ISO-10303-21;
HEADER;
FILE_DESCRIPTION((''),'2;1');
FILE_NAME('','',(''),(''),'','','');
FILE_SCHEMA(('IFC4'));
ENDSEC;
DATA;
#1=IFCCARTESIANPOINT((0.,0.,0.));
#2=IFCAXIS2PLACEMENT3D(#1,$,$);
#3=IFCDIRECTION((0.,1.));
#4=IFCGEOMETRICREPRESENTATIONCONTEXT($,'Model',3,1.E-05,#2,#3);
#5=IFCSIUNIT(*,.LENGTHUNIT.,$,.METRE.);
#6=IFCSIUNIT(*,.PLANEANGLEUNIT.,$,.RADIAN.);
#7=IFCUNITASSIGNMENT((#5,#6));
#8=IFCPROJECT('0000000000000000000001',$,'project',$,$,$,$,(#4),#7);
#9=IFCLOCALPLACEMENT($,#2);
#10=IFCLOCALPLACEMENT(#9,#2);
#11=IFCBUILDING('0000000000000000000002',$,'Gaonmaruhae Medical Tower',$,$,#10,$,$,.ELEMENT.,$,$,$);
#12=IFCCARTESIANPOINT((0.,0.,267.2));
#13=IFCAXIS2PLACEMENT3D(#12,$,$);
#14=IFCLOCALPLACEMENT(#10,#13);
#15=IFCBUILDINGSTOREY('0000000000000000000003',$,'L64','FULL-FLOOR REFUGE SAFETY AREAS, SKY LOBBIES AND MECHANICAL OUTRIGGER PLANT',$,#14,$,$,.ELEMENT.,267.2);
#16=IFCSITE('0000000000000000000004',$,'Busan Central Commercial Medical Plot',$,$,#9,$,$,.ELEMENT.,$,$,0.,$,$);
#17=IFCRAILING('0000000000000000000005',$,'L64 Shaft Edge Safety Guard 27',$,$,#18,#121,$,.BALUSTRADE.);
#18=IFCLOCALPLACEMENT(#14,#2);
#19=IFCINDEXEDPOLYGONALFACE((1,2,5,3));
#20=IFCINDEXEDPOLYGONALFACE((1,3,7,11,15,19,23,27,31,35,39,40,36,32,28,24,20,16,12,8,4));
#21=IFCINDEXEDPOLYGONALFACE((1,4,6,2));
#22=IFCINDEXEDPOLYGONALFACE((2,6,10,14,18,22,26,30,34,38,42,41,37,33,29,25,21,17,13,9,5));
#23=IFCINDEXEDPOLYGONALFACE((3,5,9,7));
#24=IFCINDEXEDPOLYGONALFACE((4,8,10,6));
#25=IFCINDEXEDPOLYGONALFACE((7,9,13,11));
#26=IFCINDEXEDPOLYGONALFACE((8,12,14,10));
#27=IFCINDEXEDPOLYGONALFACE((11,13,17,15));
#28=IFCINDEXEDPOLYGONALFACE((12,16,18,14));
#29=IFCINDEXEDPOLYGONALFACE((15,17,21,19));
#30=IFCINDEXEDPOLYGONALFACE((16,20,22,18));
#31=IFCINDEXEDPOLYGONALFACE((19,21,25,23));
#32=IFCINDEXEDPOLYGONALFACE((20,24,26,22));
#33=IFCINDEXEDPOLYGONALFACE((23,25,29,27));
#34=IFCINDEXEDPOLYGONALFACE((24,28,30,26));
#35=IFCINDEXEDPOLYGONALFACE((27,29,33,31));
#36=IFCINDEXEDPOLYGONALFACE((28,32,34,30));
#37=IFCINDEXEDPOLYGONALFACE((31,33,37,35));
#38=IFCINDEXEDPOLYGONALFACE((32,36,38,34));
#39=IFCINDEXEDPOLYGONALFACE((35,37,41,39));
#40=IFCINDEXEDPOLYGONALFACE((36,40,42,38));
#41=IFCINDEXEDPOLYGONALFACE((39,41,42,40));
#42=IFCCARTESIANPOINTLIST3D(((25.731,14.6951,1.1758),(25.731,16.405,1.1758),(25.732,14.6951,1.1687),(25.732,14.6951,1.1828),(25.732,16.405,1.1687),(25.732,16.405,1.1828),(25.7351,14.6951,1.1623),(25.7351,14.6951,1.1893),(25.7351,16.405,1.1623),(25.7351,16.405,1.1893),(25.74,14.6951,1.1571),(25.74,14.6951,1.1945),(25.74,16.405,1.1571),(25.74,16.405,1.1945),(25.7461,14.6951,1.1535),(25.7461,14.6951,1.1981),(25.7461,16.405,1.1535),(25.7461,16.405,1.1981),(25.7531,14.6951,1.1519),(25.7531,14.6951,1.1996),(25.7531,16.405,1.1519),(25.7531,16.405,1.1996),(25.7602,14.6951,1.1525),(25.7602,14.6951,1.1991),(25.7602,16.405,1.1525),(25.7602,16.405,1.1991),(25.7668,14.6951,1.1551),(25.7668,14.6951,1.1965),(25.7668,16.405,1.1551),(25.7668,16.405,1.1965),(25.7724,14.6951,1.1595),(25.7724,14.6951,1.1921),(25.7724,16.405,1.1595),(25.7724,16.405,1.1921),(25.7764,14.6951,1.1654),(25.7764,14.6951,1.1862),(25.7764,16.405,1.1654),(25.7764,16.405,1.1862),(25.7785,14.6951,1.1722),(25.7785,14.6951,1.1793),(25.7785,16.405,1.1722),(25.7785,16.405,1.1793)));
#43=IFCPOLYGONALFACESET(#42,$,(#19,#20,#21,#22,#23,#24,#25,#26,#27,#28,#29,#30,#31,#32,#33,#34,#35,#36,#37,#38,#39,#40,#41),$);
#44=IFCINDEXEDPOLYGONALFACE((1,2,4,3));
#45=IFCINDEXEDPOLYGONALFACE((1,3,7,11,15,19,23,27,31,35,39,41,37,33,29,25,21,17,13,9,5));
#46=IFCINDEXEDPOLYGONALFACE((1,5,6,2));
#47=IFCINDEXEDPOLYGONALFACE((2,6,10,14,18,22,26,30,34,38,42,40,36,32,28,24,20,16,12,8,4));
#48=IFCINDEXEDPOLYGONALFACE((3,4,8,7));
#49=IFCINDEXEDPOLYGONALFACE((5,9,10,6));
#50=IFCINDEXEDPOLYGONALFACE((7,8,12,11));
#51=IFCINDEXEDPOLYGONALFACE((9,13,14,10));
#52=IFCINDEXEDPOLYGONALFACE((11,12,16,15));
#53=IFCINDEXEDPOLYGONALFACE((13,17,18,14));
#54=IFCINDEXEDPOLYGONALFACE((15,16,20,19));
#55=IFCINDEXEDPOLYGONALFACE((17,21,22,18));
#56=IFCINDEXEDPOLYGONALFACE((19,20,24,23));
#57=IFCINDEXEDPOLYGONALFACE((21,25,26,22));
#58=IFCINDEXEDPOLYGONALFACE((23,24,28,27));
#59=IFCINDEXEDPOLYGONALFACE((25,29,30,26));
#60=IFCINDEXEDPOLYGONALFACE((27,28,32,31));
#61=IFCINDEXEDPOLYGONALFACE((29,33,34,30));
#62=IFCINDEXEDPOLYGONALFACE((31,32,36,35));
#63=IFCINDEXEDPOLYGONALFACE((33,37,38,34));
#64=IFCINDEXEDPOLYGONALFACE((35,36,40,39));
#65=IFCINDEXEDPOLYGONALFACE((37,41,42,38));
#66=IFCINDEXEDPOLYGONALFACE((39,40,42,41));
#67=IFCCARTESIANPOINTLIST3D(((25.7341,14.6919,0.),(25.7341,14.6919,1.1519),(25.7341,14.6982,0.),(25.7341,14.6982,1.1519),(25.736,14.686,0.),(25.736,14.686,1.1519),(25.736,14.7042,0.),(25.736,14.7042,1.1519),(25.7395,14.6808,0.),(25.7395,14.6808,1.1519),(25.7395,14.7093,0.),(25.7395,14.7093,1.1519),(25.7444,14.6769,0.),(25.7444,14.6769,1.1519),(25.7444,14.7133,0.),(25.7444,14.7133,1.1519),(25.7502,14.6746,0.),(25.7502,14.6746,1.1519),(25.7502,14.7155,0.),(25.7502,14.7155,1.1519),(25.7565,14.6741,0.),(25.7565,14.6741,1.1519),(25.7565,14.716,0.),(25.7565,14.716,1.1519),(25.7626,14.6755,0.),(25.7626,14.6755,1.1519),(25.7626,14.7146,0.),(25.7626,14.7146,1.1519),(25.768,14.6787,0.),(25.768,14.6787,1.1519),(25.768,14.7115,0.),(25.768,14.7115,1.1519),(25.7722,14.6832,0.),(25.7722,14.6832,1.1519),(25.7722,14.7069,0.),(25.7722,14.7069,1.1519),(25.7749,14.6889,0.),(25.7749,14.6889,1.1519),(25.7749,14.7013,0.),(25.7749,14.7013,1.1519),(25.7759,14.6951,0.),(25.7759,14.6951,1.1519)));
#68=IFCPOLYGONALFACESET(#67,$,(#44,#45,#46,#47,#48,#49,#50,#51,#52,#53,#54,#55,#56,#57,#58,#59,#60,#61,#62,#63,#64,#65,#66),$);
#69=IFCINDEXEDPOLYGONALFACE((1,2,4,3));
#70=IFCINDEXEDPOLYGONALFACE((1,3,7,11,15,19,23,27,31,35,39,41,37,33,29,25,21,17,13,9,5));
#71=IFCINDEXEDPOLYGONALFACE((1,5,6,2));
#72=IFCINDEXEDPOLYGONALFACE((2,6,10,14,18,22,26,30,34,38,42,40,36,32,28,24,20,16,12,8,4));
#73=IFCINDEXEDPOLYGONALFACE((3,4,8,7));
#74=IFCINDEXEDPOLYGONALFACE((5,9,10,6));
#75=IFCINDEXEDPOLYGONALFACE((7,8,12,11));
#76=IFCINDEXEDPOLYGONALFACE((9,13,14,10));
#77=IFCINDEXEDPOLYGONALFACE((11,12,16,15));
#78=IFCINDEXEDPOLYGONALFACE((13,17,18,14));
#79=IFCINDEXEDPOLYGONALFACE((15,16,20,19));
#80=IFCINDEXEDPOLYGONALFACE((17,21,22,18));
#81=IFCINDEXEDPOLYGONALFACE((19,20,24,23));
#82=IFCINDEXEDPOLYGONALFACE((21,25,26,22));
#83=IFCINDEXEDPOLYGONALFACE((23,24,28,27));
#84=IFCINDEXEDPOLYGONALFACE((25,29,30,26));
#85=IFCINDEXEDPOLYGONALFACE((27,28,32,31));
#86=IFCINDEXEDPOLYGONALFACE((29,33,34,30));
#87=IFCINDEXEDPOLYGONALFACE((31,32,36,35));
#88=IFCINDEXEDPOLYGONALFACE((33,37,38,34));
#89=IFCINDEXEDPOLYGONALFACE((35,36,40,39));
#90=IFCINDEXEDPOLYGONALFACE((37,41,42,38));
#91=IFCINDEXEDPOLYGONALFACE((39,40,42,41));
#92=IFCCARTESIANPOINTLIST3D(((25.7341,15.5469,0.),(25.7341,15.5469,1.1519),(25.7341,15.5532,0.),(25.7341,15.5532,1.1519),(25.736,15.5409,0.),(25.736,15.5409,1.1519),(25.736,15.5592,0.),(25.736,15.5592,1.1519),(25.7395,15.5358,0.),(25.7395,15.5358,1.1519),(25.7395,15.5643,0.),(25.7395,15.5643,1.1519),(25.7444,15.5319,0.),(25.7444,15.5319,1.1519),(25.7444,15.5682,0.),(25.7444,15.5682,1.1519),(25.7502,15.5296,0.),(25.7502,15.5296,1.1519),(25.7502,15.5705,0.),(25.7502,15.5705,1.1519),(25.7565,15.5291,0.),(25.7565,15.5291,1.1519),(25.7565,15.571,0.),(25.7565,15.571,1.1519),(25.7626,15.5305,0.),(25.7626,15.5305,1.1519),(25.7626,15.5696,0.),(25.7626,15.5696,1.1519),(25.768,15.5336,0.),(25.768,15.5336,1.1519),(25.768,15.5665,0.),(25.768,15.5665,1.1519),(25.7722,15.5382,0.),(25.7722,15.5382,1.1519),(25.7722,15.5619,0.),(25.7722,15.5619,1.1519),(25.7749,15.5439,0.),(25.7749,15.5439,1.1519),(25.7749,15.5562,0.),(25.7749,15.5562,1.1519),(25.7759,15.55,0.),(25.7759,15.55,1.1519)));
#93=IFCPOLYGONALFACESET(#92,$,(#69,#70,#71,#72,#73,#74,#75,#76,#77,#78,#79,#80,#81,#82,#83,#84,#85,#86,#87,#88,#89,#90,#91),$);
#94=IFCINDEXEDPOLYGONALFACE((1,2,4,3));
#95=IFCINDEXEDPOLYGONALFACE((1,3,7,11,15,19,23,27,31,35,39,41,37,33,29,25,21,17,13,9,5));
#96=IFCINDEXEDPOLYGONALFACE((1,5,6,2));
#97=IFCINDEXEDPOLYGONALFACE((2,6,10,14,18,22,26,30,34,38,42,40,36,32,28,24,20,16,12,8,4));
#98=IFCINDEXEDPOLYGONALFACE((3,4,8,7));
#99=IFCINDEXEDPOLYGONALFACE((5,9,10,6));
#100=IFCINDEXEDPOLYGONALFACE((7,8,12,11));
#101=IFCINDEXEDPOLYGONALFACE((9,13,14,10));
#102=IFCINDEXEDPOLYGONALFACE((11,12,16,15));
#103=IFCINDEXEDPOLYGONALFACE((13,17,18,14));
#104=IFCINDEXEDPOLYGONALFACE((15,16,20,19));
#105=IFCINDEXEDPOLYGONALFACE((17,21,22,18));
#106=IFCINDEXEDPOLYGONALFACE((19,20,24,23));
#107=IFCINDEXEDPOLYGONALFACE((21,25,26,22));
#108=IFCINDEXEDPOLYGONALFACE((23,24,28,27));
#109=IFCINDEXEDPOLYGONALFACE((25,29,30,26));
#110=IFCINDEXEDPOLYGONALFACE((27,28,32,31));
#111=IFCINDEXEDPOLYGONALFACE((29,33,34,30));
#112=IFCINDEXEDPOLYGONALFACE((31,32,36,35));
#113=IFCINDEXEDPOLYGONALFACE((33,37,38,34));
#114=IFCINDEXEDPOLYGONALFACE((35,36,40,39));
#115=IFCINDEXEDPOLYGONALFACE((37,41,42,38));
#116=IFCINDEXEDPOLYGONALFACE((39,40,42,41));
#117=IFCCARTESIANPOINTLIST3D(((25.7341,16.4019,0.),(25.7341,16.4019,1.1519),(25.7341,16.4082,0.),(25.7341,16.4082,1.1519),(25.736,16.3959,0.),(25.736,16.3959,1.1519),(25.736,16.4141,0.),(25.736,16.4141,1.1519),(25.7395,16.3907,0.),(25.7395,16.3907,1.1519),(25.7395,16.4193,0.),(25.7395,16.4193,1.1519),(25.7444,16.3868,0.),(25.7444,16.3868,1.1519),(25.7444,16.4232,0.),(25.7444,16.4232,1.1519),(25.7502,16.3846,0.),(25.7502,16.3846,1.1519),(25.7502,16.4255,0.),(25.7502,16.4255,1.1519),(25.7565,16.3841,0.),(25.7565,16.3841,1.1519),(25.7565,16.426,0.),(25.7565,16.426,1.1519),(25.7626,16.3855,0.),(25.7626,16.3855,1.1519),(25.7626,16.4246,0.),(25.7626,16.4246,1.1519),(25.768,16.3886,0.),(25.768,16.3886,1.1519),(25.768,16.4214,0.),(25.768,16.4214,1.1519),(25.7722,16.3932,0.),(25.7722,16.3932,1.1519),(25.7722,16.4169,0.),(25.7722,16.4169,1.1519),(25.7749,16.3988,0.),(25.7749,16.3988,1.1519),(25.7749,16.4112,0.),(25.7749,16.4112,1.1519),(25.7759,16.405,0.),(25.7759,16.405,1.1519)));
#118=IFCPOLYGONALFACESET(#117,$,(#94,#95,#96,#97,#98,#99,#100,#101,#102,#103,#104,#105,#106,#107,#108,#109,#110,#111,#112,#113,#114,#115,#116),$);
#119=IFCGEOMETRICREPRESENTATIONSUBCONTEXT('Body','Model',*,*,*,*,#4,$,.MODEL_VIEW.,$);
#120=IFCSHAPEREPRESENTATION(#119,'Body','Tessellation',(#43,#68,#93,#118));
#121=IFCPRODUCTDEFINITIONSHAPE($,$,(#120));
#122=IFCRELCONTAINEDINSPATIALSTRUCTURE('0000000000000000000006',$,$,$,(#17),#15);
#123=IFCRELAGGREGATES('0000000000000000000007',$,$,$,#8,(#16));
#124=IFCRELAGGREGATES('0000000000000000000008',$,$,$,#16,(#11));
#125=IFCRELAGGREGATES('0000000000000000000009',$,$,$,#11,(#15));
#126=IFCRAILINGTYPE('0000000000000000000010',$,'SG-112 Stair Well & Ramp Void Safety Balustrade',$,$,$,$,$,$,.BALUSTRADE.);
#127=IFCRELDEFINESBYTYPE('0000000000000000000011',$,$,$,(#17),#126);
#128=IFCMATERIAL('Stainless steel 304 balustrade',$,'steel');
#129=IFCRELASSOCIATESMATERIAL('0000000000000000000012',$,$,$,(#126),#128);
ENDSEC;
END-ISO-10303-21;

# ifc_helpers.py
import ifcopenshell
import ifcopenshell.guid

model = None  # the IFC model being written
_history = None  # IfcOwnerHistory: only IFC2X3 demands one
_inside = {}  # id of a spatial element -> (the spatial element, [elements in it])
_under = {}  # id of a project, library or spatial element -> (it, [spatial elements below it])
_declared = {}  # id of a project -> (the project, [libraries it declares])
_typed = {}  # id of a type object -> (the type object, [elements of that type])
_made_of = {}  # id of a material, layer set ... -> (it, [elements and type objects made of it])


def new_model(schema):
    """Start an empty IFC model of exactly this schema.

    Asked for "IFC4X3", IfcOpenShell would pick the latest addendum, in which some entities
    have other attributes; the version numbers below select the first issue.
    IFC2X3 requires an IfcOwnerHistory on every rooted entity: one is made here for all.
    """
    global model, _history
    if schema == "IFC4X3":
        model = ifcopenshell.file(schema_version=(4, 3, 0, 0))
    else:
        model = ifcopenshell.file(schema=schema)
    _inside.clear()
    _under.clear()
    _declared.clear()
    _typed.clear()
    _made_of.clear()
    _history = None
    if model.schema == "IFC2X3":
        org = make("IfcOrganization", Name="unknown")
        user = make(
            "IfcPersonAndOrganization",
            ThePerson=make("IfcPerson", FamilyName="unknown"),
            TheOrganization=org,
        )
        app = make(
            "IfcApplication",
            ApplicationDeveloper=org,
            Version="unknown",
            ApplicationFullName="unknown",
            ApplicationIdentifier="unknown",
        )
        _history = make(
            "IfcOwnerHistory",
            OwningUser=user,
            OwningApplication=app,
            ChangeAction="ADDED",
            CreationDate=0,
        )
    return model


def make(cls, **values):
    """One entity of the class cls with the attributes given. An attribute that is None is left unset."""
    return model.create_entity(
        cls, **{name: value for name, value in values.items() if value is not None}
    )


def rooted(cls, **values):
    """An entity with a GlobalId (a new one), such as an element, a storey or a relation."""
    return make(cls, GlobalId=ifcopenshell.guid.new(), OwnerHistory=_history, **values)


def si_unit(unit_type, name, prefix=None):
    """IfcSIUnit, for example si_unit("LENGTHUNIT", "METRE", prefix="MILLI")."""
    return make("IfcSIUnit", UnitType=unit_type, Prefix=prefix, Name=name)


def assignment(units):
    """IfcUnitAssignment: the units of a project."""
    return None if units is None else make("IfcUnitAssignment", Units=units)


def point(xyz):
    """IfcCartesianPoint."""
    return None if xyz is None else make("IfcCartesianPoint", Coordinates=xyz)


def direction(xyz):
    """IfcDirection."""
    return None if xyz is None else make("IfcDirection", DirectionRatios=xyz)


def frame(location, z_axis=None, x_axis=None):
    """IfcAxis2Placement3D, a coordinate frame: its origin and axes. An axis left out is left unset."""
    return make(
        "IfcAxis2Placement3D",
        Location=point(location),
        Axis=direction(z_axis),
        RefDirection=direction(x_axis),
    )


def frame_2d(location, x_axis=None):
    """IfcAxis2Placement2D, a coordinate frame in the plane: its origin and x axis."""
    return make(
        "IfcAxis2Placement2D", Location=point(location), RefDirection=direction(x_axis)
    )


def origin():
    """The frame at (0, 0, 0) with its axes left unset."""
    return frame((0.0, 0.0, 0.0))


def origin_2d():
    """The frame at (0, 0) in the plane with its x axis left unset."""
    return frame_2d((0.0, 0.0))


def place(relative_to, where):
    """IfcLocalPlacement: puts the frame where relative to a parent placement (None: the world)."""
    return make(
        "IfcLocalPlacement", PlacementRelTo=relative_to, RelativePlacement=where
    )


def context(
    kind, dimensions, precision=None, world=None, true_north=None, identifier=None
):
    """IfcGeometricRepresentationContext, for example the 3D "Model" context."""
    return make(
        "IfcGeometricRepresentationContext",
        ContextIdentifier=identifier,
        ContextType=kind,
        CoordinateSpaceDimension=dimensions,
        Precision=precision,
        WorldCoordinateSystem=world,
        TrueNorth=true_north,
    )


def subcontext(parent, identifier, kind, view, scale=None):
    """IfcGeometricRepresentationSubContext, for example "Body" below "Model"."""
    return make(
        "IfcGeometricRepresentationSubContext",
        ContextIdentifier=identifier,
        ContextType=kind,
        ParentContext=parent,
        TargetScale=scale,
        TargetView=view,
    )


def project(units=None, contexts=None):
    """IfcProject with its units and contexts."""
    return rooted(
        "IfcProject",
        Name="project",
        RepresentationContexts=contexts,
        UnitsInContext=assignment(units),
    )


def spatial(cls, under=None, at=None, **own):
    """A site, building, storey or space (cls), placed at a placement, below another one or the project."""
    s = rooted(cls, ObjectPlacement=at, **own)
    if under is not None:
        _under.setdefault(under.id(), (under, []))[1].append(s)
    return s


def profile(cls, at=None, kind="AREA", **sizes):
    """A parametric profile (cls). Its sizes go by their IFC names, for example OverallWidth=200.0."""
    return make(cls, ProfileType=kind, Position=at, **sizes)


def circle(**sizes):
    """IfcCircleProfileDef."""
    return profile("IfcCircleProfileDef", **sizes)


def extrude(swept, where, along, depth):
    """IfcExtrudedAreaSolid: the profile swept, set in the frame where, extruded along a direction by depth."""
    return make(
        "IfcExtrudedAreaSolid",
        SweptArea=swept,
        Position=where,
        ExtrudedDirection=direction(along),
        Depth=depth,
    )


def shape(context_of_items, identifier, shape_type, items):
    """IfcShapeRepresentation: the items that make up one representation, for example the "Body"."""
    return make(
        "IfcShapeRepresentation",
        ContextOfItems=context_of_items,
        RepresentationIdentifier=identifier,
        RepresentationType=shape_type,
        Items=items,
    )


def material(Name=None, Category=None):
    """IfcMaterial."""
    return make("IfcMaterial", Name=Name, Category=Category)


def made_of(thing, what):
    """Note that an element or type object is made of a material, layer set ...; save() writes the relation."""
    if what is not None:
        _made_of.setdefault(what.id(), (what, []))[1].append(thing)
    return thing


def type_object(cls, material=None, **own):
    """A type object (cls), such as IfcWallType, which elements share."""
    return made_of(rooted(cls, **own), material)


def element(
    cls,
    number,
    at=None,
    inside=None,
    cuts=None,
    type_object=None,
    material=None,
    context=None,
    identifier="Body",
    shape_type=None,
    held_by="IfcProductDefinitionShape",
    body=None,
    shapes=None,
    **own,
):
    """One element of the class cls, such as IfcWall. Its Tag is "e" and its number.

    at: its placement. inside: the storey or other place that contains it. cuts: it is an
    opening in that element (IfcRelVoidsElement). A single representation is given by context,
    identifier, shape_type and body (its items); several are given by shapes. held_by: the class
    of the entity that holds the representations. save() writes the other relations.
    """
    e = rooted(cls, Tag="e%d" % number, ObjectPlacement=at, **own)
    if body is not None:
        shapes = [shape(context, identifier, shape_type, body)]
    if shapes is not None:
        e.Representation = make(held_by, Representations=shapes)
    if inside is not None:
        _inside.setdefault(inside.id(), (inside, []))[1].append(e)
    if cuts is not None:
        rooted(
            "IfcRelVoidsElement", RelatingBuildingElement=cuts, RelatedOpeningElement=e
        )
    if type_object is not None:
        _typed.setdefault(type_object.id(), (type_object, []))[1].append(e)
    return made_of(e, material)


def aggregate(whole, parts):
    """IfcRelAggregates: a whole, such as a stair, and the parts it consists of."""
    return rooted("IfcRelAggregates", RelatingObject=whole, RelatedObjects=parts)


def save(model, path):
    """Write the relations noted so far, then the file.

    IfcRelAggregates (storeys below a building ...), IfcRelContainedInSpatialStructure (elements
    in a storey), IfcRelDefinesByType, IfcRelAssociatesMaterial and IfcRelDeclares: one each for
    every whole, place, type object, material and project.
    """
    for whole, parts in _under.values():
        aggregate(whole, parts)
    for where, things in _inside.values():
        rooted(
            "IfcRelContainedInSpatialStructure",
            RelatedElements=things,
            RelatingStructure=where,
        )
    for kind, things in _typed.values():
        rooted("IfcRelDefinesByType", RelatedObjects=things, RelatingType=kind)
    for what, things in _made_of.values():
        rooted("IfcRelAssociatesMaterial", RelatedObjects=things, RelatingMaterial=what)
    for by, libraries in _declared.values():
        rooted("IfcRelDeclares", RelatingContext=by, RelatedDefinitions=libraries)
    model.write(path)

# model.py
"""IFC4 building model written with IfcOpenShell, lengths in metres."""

from ifc_helpers import new_model, si_unit, direction, frame, origin, origin_2d, place, context, subcontext, project, spatial, circle, extrude, material, type_object, element, save


model = new_model("IFC4")

# Units and contexts
model_context = context("Model", 3, precision=1e-05, world=origin(), true_north=direction((0.0, 1.0)))
body_context = subcontext(model_context, "Body", "Model", "MODEL_VIEW")
ifc_project = project(units=[si_unit("LENGTHUNIT", "METRE"), si_unit("PLANEANGLEUNIT", "RADIAN")], contexts=[model_context])

# Site, building, storey
site_placement = place(None, origin())
site = spatial("IfcSite", under=ifc_project, at=site_placement, Name="Busan Central Commercial Medical Plot", CompositionType="ELEMENT", RefElevation=0.0)
building_placement = place(site_placement, origin())
building = spatial("IfcBuilding", under=site, at=building_placement, Name="Gaonmaruhae Medical Tower", CompositionType="ELEMENT")
storey_placement = place(building_placement, frame((0.0, 0.0, 267.2)))
storey = spatial("IfcBuildingStorey", under=building, at=storey_placement, Name="L64", Description="FULL-FLOOR REFUGE SAFETY AREAS, SKY LOBBIES AND MECHANICAL OUTRIGGER PLANT", CompositionType="ELEMENT", Elevation=267.2)

# Railing
ifc_material_1 = material(Name="Stainless steel 304 balustrade", Category="steel")
railing_type = type_object("IfcRailingType", Name="SG-112 Stair Well & Ramp Void Safety Balustrade", PredefinedType="BALUSTRADE", material=ifc_material_1)
railing_1_placement = place(storey_placement, frame((25.7549, 14.6951, 0.0)))
element("IfcRailing", 1, at=railing_1_placement, inside=storey, type_object=railing_type, Name="L64 Shaft Edge Safety Guard 27", PredefinedType="BALUSTRADE", context=body_context, shape_type="SweptSolid", body=[
    extrude(circle(Radius=0.0239, at=origin_2d()), frame((0.0, 0.0, 1.1758), z_axis=(0.0, 1.0, 0.0), x_axis=(-1.0, 0.0, 0.0)), (0.0, 0.0, 1.0), 1.71),
    extrude(circle(Radius=0.021, at=origin_2d()), origin(), (0.0, 0.0, 1.0), 1.1519),
    extrude(circle(Radius=0.021, at=origin_2d()), frame((0.0, 0.855, 0.0)), (0.0, 0.0, 1.0), 1.1519),
    extrude(circle(Radius=0.021, at=origin_2d()), frame((0.0, 1.71, 0.0)), (0.0, 0.0, 1.0), 1.1519),
])

save(model, "model.ifc")
